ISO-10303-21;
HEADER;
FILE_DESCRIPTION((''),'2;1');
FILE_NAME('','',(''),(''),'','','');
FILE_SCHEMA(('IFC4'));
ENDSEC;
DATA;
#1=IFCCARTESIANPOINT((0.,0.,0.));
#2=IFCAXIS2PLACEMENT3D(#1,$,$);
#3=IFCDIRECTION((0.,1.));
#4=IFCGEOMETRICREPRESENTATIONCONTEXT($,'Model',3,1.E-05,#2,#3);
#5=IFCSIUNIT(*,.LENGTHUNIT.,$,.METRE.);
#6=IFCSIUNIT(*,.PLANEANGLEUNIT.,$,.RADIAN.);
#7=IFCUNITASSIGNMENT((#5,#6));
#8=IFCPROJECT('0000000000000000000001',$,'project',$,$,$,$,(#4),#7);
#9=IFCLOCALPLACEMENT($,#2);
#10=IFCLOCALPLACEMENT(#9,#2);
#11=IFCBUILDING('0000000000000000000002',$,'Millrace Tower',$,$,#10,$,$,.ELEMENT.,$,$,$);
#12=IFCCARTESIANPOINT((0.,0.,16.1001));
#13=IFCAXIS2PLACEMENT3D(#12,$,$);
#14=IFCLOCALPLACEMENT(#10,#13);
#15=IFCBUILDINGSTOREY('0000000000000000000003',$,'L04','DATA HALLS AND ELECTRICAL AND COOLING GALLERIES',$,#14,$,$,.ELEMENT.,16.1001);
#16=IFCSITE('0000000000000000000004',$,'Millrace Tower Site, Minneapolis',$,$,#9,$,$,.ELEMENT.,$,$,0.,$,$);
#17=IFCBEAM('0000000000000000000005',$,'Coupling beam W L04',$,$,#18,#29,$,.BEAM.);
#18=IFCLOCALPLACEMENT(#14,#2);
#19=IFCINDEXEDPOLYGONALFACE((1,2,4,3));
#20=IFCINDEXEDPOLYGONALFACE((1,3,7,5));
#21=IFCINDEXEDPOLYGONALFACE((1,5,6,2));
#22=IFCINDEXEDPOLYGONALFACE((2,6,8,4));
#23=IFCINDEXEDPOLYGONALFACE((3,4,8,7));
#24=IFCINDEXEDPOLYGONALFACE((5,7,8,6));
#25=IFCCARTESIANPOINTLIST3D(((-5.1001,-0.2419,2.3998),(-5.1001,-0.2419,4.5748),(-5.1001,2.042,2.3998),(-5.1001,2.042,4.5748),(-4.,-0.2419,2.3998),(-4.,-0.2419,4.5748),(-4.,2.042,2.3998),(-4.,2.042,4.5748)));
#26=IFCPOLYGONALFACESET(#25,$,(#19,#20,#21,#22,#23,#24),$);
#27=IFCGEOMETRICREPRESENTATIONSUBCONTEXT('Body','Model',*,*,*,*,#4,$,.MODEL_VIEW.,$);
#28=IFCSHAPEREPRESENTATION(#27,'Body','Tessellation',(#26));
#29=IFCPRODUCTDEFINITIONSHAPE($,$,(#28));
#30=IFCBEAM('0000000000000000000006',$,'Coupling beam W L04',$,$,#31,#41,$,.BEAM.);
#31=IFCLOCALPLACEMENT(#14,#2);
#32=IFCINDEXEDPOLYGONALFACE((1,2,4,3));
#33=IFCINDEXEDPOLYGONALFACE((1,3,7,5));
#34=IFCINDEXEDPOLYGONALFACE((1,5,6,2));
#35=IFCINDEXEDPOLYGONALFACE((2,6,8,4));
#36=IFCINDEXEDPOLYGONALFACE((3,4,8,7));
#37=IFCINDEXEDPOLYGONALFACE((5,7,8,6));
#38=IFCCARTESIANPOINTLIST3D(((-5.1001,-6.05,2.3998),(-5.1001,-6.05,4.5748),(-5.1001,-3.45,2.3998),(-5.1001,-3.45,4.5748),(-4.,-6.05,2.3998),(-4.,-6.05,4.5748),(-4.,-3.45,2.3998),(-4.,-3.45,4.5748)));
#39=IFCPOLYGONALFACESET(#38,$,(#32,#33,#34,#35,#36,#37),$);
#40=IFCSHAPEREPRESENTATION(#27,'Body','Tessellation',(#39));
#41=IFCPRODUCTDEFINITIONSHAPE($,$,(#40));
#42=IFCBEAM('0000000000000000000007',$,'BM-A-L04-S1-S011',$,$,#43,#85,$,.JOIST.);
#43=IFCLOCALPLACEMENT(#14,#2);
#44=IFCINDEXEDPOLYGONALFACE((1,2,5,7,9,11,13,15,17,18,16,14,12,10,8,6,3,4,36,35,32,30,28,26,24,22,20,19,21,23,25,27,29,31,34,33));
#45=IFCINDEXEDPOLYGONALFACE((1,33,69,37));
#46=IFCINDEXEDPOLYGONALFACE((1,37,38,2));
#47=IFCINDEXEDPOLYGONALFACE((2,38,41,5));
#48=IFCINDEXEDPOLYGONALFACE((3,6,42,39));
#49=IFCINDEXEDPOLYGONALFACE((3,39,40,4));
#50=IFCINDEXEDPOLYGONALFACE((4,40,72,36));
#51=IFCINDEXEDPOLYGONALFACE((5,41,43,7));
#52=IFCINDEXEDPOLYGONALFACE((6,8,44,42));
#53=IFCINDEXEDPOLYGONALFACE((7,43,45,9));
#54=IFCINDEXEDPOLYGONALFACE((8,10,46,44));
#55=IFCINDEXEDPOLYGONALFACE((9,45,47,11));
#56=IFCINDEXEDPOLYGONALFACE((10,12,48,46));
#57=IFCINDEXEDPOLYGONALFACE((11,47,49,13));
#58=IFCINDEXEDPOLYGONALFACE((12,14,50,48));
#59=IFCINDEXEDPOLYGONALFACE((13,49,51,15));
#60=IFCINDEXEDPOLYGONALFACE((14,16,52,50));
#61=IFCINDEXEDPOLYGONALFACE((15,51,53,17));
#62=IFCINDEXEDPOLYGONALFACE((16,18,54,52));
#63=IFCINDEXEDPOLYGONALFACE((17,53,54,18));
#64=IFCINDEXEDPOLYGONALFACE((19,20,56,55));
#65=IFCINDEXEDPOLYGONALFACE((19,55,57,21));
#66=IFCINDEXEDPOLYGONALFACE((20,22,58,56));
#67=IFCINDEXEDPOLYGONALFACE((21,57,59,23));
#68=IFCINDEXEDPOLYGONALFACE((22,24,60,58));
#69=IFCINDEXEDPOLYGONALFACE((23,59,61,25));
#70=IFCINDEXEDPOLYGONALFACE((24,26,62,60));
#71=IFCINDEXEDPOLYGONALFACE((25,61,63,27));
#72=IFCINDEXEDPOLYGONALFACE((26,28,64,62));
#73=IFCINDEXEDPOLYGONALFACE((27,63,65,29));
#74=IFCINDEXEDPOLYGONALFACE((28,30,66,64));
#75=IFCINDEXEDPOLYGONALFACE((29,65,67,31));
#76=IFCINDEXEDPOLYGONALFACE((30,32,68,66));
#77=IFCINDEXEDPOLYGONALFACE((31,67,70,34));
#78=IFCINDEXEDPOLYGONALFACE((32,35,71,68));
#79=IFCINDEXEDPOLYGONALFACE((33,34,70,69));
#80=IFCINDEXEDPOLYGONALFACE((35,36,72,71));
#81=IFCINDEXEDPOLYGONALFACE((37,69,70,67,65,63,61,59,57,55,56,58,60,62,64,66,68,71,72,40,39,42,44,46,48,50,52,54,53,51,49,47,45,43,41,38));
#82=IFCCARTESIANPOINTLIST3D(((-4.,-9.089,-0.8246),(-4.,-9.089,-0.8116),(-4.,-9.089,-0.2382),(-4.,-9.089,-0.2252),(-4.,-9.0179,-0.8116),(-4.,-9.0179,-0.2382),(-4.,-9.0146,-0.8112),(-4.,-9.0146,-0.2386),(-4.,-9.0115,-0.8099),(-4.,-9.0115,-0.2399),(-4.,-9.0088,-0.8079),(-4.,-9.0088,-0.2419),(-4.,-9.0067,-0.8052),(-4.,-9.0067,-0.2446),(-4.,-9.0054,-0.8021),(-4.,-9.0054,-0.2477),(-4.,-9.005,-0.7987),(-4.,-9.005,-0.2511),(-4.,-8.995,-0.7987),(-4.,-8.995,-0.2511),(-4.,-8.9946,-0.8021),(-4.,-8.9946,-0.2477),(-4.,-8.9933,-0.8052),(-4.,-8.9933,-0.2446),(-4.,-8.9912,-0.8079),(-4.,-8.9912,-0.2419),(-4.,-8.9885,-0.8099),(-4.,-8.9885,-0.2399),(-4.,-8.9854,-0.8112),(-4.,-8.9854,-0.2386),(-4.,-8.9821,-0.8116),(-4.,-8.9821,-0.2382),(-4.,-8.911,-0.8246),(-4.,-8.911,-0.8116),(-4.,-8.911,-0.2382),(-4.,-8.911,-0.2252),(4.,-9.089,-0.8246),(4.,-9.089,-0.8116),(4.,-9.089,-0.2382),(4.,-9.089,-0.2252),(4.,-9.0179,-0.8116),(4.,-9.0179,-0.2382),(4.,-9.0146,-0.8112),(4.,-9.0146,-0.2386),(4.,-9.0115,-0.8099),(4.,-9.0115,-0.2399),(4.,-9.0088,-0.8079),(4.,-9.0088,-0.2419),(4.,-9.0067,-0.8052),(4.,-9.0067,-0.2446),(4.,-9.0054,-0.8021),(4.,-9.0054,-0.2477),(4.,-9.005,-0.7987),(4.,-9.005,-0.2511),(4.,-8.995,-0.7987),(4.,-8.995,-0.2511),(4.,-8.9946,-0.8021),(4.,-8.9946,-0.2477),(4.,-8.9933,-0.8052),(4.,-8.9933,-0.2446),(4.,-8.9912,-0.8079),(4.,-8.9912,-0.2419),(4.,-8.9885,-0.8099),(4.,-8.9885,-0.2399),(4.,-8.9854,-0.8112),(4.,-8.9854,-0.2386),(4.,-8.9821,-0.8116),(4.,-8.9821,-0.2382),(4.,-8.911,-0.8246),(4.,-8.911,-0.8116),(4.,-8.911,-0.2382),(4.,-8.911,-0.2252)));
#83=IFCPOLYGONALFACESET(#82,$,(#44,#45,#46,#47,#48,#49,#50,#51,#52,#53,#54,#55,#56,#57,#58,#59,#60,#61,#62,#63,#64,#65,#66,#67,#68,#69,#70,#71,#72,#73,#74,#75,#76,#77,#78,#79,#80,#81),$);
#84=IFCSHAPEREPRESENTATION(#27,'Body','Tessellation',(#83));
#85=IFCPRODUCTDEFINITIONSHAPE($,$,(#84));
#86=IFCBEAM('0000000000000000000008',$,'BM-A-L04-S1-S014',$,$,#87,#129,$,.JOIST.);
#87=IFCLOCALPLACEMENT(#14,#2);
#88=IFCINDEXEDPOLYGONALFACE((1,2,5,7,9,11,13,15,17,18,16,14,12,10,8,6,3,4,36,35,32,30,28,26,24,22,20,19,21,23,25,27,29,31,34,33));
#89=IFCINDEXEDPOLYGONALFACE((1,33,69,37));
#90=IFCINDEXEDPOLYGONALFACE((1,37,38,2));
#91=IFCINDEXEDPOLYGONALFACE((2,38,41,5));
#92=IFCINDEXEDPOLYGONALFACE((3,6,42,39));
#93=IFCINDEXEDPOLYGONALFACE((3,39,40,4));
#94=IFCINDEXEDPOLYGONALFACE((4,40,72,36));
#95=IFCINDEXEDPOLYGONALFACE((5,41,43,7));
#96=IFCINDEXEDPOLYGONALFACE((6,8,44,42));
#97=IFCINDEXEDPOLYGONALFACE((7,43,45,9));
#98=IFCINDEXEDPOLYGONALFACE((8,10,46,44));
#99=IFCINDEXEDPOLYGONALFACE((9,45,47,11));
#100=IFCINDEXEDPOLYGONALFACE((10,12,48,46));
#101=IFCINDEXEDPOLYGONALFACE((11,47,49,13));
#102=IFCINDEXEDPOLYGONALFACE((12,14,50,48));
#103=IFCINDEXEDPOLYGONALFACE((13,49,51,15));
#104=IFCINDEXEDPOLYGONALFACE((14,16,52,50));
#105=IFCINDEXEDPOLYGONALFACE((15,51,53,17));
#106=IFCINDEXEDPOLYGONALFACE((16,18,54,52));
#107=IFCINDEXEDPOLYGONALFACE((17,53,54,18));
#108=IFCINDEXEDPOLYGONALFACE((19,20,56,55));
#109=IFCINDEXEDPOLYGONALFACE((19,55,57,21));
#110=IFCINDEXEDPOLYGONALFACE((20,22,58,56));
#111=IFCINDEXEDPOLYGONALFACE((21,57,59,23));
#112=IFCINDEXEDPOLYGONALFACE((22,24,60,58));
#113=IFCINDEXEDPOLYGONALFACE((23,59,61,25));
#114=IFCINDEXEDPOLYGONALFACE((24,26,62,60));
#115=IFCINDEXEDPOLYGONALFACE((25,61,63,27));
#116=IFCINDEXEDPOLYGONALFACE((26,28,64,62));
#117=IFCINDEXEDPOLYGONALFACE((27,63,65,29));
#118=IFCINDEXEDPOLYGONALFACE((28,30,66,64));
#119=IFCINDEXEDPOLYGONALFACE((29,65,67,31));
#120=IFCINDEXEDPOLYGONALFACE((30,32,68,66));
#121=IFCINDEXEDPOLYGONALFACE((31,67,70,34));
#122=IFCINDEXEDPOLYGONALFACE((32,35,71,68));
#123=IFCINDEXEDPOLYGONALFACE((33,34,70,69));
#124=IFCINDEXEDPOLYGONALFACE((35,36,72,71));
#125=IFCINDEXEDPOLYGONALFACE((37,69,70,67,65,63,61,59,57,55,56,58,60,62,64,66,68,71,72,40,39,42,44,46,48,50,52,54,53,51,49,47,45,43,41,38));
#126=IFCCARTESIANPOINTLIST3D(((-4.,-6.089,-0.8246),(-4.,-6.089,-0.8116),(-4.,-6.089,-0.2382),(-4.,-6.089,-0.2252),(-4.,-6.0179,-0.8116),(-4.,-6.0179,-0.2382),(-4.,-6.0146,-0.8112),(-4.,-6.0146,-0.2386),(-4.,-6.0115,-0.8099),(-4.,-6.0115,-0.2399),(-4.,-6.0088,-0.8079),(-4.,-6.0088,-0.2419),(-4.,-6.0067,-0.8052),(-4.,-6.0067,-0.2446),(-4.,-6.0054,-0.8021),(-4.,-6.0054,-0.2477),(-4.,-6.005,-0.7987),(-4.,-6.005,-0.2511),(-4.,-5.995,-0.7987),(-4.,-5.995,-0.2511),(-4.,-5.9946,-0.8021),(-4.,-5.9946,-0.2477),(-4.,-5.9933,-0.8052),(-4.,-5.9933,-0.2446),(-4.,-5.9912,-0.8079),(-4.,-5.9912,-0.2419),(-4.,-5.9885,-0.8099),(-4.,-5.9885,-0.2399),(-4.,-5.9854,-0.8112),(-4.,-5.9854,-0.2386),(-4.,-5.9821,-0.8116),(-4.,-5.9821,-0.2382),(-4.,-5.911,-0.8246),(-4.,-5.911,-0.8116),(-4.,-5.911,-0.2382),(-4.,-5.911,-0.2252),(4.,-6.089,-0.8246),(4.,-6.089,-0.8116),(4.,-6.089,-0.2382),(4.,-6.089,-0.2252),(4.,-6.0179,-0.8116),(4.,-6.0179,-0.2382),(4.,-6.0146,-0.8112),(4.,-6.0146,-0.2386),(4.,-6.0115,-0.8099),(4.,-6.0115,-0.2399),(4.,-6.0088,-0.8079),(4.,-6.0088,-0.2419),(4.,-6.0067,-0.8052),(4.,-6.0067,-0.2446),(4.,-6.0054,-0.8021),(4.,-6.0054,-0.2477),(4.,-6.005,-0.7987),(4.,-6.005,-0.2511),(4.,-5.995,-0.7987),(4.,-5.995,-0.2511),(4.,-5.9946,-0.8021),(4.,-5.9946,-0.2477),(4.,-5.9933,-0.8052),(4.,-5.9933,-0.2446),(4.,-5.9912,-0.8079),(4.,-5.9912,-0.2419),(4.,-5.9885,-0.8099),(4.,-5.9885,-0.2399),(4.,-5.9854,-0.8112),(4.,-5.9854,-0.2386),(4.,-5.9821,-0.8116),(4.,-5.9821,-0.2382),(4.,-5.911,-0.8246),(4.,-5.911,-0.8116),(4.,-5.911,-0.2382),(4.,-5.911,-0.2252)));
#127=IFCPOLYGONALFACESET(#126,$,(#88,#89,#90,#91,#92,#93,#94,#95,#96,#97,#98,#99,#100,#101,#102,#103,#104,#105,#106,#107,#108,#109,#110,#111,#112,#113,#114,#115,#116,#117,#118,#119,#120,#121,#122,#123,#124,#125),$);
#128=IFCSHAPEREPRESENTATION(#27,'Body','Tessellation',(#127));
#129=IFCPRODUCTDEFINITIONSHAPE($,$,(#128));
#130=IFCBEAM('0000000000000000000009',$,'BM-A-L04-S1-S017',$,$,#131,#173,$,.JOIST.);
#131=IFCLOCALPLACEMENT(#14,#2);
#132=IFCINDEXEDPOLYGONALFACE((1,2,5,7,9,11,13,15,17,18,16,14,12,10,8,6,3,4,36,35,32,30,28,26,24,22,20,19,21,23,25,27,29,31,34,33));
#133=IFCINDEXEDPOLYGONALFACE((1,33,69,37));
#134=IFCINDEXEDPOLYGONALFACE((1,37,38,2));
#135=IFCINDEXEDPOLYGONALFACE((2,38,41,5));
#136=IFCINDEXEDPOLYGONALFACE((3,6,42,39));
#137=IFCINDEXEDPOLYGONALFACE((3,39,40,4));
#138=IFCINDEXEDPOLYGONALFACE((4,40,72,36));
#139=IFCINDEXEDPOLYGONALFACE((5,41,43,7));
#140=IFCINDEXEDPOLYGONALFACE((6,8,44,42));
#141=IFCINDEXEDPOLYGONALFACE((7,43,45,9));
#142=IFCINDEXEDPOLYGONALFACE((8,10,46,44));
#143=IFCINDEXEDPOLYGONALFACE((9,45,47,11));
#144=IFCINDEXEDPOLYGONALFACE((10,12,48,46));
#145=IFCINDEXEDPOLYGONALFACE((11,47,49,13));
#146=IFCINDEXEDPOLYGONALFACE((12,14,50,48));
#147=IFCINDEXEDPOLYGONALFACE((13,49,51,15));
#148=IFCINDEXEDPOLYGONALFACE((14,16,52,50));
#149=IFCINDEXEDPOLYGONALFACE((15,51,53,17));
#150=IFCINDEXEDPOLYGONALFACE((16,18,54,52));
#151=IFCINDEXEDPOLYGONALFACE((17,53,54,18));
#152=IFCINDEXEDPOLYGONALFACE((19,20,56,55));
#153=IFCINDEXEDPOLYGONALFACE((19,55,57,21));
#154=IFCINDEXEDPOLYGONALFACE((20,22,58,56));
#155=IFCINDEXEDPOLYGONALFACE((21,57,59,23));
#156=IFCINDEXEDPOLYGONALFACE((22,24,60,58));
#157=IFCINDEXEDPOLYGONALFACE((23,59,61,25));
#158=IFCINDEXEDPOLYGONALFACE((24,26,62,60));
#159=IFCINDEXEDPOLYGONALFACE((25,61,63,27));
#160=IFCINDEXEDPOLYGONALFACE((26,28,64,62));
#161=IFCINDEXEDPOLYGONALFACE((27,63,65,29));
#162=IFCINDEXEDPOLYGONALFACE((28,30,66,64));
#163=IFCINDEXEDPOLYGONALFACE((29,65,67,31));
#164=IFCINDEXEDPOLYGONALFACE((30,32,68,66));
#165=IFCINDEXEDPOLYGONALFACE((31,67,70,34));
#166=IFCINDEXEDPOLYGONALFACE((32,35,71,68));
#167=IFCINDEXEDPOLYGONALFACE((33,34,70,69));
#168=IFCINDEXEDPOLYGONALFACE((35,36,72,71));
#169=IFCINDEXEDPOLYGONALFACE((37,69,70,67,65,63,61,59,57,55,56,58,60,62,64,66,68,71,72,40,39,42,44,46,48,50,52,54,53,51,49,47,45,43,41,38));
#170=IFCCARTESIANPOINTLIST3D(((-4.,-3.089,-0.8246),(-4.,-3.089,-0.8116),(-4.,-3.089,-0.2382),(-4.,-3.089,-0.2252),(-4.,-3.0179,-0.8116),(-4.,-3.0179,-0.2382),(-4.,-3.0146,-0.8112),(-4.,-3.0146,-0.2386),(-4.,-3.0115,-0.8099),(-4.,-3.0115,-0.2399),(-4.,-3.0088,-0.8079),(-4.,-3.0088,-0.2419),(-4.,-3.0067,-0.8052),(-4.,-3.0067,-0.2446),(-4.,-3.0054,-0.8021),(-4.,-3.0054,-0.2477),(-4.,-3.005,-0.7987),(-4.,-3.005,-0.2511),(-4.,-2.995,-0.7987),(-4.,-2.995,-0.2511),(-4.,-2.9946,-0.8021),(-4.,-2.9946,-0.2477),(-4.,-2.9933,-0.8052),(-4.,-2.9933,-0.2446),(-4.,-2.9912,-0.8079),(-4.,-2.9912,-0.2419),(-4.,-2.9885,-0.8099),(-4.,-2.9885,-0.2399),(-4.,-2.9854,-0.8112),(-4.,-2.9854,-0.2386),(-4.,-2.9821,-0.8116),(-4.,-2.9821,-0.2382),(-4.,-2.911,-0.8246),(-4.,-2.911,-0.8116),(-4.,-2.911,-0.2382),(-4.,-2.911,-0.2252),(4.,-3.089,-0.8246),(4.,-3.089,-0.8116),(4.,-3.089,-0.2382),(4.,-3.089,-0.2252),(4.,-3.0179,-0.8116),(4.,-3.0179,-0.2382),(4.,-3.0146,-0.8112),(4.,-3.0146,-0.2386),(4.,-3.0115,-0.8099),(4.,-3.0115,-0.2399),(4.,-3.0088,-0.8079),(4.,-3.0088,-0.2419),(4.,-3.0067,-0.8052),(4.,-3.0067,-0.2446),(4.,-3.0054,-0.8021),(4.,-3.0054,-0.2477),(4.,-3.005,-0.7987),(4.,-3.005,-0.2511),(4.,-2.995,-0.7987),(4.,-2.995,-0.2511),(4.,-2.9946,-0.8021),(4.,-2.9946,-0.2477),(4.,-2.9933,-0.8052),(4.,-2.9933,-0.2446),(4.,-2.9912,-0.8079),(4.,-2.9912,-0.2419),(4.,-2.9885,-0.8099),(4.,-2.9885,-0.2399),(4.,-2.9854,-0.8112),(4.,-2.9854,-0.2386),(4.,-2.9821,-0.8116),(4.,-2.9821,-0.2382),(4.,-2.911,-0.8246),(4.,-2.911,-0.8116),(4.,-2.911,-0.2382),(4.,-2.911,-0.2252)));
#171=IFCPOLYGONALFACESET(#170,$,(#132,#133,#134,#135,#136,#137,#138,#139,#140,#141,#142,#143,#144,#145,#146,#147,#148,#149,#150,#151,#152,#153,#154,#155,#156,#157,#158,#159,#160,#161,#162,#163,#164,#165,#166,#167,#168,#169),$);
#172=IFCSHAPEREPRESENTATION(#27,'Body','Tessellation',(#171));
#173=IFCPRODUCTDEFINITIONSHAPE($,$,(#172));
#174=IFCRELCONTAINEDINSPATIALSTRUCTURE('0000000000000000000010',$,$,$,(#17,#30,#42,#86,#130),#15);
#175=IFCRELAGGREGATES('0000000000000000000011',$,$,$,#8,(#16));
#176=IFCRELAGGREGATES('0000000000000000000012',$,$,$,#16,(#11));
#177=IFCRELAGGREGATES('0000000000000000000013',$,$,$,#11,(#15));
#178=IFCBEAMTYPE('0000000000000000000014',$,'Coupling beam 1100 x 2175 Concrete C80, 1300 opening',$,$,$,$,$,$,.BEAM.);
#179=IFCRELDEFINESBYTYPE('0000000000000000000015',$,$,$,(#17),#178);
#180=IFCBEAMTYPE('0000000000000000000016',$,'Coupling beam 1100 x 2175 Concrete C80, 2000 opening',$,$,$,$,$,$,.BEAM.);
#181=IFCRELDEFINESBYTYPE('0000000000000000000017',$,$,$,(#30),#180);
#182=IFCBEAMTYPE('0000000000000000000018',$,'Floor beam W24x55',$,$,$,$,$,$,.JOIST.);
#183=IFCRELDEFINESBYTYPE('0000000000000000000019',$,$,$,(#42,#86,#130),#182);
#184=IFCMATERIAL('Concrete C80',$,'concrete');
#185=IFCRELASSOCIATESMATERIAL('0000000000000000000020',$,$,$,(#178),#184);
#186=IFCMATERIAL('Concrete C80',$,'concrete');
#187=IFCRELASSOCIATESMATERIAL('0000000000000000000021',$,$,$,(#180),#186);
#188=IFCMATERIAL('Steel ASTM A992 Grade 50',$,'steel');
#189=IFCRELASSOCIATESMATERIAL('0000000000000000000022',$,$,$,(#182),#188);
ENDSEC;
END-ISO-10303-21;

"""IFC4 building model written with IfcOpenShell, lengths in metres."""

from ifc_helpers import new_model, si_unit, direction, frame, origin, origin_2d, place, context, subcontext, project, spatial, rectangle, i_section, extrude, material, material_profile, profile_set, type_object, element, save


model = new_model("IFC4")

# Units and contexts
model_context = context("Model", 3, precision=1e-05, world=origin(), true_north=direction((0.0, 1.0)))
body_context = subcontext(model_context, "Body", "Model", "MODEL_VIEW")
ifc_project = project(units=[si_unit("LENGTHUNIT", "METRE"), si_unit("PLANEANGLEUNIT", "RADIAN")], contexts=[model_context])

# Site, building, storey
site_placement = place(None, origin())
site = spatial("IfcSite", under=ifc_project, at=site_placement, Name="Millrace Tower Site, Minneapolis", CompositionType="ELEMENT", RefElevation=0.0)
building_placement = place(site_placement, origin())
building = spatial("IfcBuilding", under=site, at=building_placement, Name="Millrace Tower", CompositionType="ELEMENT")
storey_placement = place(building_placement, frame((0.0, 0.0, 16.1001)))
storey = spatial("IfcBuildingStorey", under=building, at=storey_placement, Name="L04", Description="DATA HALLS AND ELECTRICAL AND COOLING GALLERIES", CompositionType="ELEMENT", Elevation=16.1001)

# Beams
ifc_material_1 = material(Name="Concrete C80", Category="concrete")
ifc_material_profile_1 = material_profile(ifc_material_1, rectangle(XDim=1.1001, YDim=2.175, at=origin_2d()))
ifc_profile_set_1 = profile_set([ifc_material_profile_1], Name="Concrete C80")
beam_type_1 = type_object("IfcBeamType", Name="Coupling beam 1100 x 2175 Concrete C80, 1300 opening", PredefinedType="BEAM", material=ifc_profile_set_1)
beam_1_placement = place(storey_placement, frame((-4.55, -0.2419, 3.4873), z_axis=(0.0, 1.0, 0.0), x_axis=(-1.0, 0.0, 0.0)))
element("IfcBeam", 1, at=beam_1_placement, inside=storey, type_object=beam_type_1, Name="Coupling beam W L04", PredefinedType="BEAM", context=body_context, shape_type="SweptSolid", body=[
    extrude(rectangle(XDim=1.1001, YDim=2.175, at=origin_2d()), origin(), (0.0, 0.0, 1.0), 2.2839),
])
ifc_material_2 = material(Name="Concrete C80", Category="concrete")
ifc_material_profile_2 = material_profile(ifc_material_2, rectangle(XDim=1.1001, YDim=2.175, at=origin_2d()))
ifc_profile_set_2 = profile_set([ifc_material_profile_2], Name="Concrete C80")
beam_type_2 = type_object("IfcBeamType", Name="Coupling beam 1100 x 2175 Concrete C80, 2000 opening", PredefinedType="BEAM", material=ifc_profile_set_2)
beam_2_placement = place(storey_placement, frame((-4.55, -6.05, 3.4873), z_axis=(0.0, 1.0, 0.0), x_axis=(-1.0, 0.0, 0.0)))
element("IfcBeam", 2, at=beam_2_placement, inside=storey, type_object=beam_type_2, Name="Coupling beam W L04", PredefinedType="BEAM", context=body_context, shape_type="SweptSolid", body=[
    extrude(rectangle(XDim=1.1001, YDim=2.175, at=origin_2d()), origin(), (0.0, 0.0, 1.0), 2.6001),
])
ifc_material_3 = material(Name="Steel ASTM A992 Grade 50", Category="steel")
ifc_material_profile_3 = material_profile(ifc_material_3, i_section(OverallWidth=0.178, OverallDepth=0.5994, WebThickness=0.01, FlangeThickness=0.0129, FilletRadius=0.0129, at=origin_2d()))
ifc_profile_set_3 = profile_set([ifc_material_profile_3], Name="Steel ASTM A992 Grade 50")
beam_type_3 = type_object("IfcBeamType", Name="Floor beam W24x55", PredefinedType="JOIST", material=ifc_profile_set_3)
for number, where, z_axis, x_axis, name in (
    (3, (-4.0, -9.0, -0.5249), (1.0, 0.0, 0.0), (0.0, 1.0, 0.0), "BM-A-L04-S1-S011"),
    (4, (-4.0, -6.0, -0.5249), (1.0, 0.0, 0.0), (0.0, 1.0, 0.0), "BM-A-L04-S1-S014"),
    (5, (-4.0, -3.0, -0.5249), (1.0, 0.0, 0.0), (0.0, 1.0, 0.0), "BM-A-L04-S1-S017"),
):
    element("IfcBeam", number, at=place(storey_placement, frame(where, z_axis=z_axis, x_axis=x_axis)), inside=storey, type_object=beam_type_3, Name=name, PredefinedType="JOIST", context=body_context, shape_type="SweptSolid", body=[
        extrude(i_section(OverallWidth=0.178, OverallDepth=0.5994, WebThickness=0.01, FlangeThickness=0.0129, FilletRadius=0.0129, at=origin_2d()), origin(), (0.0, 0.0, 1.0), 8.0),
    ])

save(model, "model.ifc")
